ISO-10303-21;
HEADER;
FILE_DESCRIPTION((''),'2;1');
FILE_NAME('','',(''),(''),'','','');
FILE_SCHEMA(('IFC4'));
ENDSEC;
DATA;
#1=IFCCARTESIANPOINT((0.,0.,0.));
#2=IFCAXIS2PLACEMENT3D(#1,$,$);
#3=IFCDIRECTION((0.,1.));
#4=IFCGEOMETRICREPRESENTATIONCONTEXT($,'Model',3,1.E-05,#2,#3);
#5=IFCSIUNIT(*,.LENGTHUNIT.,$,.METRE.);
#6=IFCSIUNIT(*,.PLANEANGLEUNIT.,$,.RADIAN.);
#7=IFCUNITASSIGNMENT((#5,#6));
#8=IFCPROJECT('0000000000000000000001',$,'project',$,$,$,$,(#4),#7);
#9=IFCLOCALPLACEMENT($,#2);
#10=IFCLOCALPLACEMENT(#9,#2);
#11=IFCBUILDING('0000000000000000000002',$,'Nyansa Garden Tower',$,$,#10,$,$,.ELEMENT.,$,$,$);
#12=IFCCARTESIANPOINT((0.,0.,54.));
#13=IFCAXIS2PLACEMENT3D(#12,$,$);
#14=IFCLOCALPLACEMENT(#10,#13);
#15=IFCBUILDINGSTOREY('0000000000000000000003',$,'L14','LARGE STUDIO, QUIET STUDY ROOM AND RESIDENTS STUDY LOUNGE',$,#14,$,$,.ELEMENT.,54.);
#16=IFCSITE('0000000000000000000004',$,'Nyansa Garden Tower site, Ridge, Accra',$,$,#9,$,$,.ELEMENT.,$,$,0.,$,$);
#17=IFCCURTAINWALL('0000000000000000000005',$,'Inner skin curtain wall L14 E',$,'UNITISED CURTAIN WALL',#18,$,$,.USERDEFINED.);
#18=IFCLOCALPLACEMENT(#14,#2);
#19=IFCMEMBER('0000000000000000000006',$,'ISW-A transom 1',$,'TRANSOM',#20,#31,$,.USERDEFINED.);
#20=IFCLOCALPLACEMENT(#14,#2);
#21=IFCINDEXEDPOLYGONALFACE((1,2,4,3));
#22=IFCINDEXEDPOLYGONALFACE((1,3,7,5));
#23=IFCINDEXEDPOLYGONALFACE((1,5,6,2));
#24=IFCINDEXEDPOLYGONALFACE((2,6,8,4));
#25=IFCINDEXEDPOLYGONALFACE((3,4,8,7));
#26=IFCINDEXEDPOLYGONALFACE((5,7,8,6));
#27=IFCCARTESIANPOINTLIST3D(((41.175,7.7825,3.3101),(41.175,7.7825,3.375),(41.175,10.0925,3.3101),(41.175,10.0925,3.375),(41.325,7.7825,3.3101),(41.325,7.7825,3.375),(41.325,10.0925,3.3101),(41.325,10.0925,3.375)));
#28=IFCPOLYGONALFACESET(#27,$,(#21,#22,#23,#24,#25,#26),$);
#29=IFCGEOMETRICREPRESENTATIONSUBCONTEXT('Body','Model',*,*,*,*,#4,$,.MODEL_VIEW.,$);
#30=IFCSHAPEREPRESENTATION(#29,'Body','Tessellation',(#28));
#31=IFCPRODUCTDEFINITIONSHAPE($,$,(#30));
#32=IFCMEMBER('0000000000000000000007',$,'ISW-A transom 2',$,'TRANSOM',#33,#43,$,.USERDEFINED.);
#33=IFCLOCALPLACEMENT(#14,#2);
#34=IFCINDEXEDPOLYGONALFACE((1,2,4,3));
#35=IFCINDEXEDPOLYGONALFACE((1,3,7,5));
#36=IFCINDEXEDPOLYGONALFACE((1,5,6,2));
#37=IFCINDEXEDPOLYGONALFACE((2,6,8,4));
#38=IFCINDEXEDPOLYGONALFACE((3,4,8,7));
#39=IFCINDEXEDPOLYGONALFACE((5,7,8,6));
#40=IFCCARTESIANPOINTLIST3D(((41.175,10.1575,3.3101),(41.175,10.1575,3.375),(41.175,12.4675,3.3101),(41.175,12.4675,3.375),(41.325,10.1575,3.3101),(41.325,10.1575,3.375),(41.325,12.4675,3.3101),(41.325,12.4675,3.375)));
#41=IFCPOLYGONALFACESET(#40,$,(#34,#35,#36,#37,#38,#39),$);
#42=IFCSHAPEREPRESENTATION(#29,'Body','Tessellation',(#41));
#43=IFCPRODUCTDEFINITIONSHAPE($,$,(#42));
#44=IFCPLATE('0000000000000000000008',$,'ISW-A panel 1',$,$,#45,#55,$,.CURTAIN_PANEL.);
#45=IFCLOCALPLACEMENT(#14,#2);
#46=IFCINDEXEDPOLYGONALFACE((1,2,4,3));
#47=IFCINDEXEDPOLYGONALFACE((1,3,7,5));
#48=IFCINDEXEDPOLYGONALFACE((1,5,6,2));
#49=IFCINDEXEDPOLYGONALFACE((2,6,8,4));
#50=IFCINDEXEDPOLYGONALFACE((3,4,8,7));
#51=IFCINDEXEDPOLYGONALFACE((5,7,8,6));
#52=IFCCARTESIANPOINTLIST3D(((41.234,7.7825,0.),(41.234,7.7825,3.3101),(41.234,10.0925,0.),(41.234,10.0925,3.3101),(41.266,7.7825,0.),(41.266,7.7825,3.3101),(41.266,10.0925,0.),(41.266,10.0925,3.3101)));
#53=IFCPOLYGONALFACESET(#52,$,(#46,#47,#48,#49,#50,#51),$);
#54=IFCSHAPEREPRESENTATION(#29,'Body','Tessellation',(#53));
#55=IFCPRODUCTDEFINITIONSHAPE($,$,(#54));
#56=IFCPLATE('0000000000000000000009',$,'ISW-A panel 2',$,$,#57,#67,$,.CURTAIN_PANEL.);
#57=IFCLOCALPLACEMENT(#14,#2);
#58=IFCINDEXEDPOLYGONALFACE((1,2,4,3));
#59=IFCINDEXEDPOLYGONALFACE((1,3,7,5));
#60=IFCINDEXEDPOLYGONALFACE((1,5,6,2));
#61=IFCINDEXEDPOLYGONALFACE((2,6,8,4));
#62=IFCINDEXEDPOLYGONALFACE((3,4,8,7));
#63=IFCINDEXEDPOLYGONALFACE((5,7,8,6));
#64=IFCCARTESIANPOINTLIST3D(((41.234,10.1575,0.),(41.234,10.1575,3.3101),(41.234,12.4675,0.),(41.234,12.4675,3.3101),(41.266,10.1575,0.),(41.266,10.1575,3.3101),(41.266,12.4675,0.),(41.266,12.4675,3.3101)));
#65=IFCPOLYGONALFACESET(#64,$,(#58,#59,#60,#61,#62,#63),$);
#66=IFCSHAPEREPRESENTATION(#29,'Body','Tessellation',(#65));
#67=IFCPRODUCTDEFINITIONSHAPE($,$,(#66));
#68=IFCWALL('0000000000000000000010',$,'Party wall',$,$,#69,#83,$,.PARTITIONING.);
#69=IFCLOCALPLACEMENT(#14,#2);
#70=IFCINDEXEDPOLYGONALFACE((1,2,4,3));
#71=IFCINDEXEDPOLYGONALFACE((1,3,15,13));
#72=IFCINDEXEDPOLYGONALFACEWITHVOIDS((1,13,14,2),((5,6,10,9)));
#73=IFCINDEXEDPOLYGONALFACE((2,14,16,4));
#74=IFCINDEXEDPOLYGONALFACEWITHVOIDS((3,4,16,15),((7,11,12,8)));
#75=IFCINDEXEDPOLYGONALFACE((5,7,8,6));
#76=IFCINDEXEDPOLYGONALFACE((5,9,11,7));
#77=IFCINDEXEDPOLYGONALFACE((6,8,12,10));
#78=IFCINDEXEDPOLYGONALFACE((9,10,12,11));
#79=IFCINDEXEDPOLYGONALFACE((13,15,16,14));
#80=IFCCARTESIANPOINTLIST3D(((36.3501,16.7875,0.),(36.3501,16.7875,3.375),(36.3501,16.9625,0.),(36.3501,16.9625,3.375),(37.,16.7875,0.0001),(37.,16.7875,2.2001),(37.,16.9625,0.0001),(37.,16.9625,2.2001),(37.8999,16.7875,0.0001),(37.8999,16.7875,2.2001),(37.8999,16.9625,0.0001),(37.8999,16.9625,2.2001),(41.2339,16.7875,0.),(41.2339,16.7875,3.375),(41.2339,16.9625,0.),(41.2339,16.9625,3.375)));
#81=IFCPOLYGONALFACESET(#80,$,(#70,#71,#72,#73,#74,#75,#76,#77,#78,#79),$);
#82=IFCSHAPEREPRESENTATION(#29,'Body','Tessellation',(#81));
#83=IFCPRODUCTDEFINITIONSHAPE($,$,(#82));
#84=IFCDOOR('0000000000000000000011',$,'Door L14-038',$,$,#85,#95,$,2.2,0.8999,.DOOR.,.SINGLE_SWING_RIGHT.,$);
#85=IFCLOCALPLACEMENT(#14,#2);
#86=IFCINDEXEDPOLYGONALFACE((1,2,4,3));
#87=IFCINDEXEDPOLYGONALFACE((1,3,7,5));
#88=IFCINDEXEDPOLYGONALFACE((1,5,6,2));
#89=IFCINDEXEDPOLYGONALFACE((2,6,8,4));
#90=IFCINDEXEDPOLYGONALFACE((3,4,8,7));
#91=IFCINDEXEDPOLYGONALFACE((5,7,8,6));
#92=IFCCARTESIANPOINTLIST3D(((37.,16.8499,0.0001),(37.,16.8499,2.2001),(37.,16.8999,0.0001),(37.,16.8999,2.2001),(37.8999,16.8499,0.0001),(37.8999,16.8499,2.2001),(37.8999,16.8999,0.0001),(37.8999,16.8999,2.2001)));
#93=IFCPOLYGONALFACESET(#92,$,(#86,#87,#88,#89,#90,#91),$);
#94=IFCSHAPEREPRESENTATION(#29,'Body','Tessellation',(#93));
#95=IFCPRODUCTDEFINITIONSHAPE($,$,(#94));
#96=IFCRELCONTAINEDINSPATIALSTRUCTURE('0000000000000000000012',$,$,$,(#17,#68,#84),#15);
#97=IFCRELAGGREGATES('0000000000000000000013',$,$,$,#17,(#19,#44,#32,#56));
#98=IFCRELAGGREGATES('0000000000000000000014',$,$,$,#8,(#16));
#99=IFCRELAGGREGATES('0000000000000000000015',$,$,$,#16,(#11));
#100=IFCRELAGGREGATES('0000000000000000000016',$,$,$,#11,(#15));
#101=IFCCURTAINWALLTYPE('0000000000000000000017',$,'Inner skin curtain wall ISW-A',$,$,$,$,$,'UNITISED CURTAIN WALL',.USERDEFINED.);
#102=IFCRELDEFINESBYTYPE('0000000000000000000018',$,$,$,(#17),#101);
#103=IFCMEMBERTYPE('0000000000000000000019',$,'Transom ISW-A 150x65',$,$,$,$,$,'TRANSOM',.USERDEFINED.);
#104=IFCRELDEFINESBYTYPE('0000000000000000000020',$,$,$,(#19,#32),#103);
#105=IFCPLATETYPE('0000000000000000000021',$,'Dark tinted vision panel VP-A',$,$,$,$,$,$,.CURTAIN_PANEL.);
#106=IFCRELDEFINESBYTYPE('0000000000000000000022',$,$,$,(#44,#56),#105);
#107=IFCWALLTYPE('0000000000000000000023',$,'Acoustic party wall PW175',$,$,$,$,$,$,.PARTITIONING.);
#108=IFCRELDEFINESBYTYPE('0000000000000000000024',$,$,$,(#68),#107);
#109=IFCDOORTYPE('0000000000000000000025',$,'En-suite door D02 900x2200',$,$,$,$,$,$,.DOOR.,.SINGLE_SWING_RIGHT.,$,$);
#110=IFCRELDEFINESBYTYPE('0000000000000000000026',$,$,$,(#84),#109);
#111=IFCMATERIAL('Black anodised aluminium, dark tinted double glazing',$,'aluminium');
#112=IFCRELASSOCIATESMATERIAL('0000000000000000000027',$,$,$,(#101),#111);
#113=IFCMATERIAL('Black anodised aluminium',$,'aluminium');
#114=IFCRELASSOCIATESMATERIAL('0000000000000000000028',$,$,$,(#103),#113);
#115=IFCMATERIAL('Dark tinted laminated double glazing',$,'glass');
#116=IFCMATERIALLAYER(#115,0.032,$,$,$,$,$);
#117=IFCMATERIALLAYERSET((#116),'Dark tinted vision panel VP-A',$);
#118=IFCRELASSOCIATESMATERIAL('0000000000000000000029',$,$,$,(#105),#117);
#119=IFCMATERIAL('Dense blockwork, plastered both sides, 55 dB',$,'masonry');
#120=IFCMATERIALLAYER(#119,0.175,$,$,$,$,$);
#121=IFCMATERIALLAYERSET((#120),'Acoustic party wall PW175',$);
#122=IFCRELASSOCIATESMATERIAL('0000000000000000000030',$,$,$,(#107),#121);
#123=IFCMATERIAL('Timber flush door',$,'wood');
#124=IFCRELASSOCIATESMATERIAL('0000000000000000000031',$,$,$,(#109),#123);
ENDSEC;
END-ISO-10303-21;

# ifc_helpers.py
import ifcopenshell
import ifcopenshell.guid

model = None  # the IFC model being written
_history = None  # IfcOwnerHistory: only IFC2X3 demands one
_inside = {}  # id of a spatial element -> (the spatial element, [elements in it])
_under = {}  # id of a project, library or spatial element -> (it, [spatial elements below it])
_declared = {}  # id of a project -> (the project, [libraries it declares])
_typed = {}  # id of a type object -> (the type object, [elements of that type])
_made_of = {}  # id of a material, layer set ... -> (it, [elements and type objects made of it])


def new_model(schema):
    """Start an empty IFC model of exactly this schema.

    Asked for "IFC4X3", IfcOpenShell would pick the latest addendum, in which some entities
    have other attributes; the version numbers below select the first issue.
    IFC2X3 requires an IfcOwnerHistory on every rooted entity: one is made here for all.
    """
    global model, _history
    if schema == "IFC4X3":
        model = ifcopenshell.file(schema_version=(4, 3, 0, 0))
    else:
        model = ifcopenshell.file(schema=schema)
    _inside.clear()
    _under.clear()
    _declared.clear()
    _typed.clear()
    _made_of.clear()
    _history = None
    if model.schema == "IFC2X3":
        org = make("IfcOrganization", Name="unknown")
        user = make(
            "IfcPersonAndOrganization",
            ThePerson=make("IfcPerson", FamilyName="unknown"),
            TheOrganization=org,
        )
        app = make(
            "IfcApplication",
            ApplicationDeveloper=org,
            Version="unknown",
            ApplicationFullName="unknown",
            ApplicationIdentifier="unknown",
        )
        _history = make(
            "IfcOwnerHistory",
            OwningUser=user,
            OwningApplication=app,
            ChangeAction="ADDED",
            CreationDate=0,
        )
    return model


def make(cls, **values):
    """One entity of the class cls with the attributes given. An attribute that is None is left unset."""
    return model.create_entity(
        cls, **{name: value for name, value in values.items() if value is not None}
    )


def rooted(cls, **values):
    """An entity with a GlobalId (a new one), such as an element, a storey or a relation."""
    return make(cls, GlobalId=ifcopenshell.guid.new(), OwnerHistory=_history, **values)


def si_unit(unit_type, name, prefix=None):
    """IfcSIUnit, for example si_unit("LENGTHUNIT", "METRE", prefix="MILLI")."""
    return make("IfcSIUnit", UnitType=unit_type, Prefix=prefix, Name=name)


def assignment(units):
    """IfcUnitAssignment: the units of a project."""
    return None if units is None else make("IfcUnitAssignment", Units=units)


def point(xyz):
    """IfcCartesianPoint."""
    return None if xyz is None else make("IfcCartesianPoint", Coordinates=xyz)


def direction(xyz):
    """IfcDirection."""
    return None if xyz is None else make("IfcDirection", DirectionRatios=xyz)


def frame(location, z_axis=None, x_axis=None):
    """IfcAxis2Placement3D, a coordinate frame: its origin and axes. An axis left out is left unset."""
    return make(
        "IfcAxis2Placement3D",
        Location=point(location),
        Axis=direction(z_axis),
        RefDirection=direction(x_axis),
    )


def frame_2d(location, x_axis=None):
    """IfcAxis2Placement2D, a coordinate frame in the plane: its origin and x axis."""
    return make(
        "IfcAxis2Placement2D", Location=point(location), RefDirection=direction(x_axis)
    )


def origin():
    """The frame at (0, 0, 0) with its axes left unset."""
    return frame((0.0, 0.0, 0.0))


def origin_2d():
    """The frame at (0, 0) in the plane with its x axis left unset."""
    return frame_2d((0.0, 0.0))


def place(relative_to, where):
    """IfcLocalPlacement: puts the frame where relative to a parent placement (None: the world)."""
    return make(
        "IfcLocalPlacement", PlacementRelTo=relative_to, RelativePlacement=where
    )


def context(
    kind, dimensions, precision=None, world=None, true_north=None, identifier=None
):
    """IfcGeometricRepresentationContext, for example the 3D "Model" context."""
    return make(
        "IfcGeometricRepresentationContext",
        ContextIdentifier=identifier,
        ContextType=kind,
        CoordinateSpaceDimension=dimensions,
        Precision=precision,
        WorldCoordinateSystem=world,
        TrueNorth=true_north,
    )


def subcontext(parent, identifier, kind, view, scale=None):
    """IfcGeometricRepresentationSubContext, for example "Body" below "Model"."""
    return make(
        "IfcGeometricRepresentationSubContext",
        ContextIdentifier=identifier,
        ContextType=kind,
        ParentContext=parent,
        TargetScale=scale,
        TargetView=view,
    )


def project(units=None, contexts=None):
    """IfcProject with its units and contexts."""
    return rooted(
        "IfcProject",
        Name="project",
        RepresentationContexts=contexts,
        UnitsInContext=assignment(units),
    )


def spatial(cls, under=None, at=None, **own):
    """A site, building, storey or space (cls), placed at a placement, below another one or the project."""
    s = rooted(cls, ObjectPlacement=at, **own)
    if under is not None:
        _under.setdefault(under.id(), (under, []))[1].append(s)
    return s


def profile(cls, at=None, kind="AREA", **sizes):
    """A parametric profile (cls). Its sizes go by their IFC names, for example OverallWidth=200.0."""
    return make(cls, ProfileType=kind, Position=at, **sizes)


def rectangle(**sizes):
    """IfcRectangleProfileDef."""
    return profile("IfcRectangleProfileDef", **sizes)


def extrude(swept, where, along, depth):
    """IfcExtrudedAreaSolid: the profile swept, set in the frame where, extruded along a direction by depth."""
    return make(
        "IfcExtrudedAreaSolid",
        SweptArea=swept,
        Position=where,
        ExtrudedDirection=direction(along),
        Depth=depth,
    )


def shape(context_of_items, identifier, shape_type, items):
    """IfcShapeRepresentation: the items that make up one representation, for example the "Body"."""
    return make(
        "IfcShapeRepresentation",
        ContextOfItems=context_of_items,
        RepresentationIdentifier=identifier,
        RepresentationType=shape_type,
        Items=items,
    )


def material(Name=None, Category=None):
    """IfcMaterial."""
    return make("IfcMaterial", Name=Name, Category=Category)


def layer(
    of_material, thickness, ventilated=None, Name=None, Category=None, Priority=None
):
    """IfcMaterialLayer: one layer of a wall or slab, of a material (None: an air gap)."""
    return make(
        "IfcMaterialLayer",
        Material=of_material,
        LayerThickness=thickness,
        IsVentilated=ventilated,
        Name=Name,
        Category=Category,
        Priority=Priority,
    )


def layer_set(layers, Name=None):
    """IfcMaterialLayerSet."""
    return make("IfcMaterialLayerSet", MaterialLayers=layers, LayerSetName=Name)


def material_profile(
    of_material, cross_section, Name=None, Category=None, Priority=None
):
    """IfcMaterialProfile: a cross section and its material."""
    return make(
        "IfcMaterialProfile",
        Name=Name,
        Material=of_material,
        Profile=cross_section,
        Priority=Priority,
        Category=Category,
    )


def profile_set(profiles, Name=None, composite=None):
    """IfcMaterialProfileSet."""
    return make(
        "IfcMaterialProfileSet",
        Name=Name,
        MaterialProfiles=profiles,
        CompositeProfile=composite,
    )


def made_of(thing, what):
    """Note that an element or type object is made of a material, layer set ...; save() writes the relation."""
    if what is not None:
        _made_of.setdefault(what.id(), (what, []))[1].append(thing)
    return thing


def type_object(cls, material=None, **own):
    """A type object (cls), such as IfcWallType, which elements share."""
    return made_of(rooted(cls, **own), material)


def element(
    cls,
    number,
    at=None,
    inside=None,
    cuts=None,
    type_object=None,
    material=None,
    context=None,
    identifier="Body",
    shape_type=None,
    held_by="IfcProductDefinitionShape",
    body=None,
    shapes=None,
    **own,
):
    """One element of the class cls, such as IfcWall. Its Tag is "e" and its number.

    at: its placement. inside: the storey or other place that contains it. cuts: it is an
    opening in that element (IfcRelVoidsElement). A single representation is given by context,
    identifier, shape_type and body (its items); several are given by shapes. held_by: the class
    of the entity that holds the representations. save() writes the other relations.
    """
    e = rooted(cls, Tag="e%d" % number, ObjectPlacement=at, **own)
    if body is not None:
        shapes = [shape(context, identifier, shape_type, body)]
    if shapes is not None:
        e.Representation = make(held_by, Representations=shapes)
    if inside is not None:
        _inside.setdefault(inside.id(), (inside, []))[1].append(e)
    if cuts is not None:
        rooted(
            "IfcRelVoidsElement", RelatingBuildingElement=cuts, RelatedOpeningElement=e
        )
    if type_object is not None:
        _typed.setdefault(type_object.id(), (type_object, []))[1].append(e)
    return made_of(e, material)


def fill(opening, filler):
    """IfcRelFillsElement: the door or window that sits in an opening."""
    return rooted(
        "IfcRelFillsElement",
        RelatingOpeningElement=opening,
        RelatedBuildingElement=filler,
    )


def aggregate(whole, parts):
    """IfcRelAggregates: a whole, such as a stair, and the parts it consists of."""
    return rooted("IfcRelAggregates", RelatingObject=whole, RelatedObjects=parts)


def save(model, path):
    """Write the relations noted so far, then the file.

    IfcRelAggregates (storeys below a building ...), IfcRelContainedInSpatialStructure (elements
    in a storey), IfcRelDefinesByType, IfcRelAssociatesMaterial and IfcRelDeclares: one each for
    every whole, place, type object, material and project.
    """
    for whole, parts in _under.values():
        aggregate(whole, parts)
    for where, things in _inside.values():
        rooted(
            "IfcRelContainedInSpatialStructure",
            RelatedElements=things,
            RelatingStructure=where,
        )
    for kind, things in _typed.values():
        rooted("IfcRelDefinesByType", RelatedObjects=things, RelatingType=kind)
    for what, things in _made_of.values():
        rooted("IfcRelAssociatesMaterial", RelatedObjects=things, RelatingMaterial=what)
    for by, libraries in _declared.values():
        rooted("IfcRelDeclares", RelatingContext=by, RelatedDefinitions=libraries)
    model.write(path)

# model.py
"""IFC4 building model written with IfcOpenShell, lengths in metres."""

from ifc_helpers import new_model, si_unit, direction, frame, frame_2d, origin, origin_2d, place, context, subcontext, project, spatial, rectangle, extrude, material, layer, layer_set, material_profile, profile_set, type_object, element, fill, aggregate, save


model = new_model("IFC4")

# Units and contexts
model_context = context("Model", 3, precision=1e-05, world=origin(), true_north=direction((0.0, 1.0)))
body_context = subcontext(model_context, "Body", "Model", "MODEL_VIEW")
ifc_project = project(units=[si_unit("LENGTHUNIT", "METRE"), si_unit("PLANEANGLEUNIT", "RADIAN")], contexts=[model_context])

# Site, building, storey
site_placement = place(None, origin())
site = spatial("IfcSite", under=ifc_project, at=site_placement, Name="Nyansa Garden Tower site, Ridge, Accra", CompositionType="ELEMENT", RefElevation=0.0)
building_placement = place(site_placement, origin())
building = spatial("IfcBuilding", under=site, at=building_placement, Name="Nyansa Garden Tower", CompositionType="ELEMENT")
storey_placement = place(building_placement, frame((0.0, 0.0, 54.0)))
storey = spatial("IfcBuildingStorey", under=building, at=storey_placement, Name="L14", Description="LARGE STUDIO, QUIET STUDY ROOM AND RESIDENTS STUDY LOUNGE", CompositionType="ELEMENT", Elevation=54.0)

# Curtain wall
ifc_material_1 = material(Name="Black anodised aluminium, dark tinted double glazing", Category="aluminium")
curtain_wall_type = type_object("IfcCurtainWallType", Name="Inner skin curtain wall ISW-A", ElementType="UNITISED CURTAIN WALL", PredefinedType="USERDEFINED", material=ifc_material_1)
curtain_wall_placement = place(storey_placement, origin())
curtain_wall = element("IfcCurtainWall", 1, at=curtain_wall_placement, inside=storey, type_object=curtain_wall_type, Name="Inner skin curtain wall L14 E", ObjectType="UNITISED CURTAIN WALL", PredefinedType="USERDEFINED")

# Members
ifc_material_2 = material(Name="Black anodised aluminium", Category="aluminium")
ifc_material_profile_1 = material_profile(ifc_material_2, rectangle(XDim=0.1499, YDim=0.0649, at=origin_2d()), Name="Transom 150x65")
ifc_profile_set_1 = profile_set([ifc_material_profile_1], Name="Black anodised aluminium")
member_type_1 = type_object("IfcMemberType", Name="Transom ISW-A 150x65", ElementType="TRANSOM", PredefinedType="USERDEFINED", material=ifc_profile_set_1)
member_1_placement = place(storey_placement, frame((41.25, 7.7825, 3.3425), z_axis=(0.0, 1.0, 0.0), x_axis=(-1.0, 0.0, 0.0)))
member_1 = element("IfcMember", 2, at=member_1_placement, type_object=member_type_1, Name="ISW-A transom 1", ObjectType="TRANSOM", PredefinedType="USERDEFINED", context=body_context, shape_type="SweptSolid", body=[
    extrude(rectangle(XDim=0.1499, YDim=0.0649, at=origin_2d()), origin(), (0.0, 0.0, 1.0), 2.3101),
])
member_2_placement = place(storey_placement, frame((41.25, 10.1575, 3.3425), z_axis=(0.0, 1.0, 0.0), x_axis=(-1.0, 0.0, 0.0)))
member_2 = element("IfcMember", 3, at=member_2_placement, type_object=member_type_1, Name="ISW-A transom 2", ObjectType="TRANSOM", PredefinedType="USERDEFINED", context=body_context, shape_type="SweptSolid", body=[
    extrude(rectangle(XDim=0.1499, YDim=0.0649, at=origin_2d()), origin(), (0.0, 0.0, 1.0), 2.3101),
])

# Plates
ifc_material_3 = material(Name="Dark tinted laminated double glazing", Category="glass")
ifc_layer_1 = layer(ifc_material_3, 0.032)
ifc_layer_set_1 = layer_set([ifc_layer_1], Name="Dark tinted vision panel VP-A")
plate_type = type_object("IfcPlateType", Name="Dark tinted vision panel VP-A", PredefinedType="CURTAIN_PANEL", material=ifc_layer_set_1)
plate_1_placement = place(storey_placement, frame((41.25, 8.9375, 0.0), z_axis=(0.0, 0.0, 1.0), x_axis=(0.0, 1.0, 0.0)))
plate_1 = element("IfcPlate", 4, at=plate_1_placement, type_object=plate_type, Name="ISW-A panel 1", PredefinedType="CURTAIN_PANEL", context=body_context, shape_type="SweptSolid", body=[
    extrude(rectangle(XDim=2.3101, YDim=0.032, at=origin_2d()), origin(), (0.0, 0.0, 1.0), 3.3101),
])
plate_2_placement = place(storey_placement, frame((41.25, 11.3125, 0.0), z_axis=(0.0, 0.0, 1.0), x_axis=(0.0, 1.0, 0.0)))
plate_2 = element("IfcPlate", 5, at=plate_2_placement, type_object=plate_type, Name="ISW-A panel 2", PredefinedType="CURTAIN_PANEL", context=body_context, shape_type="SweptSolid", body=[
    extrude(rectangle(XDim=2.3101, YDim=0.032, at=origin_2d()), origin(), (0.0, 0.0, 1.0), 3.3101),
])
aggregate(curtain_wall, [member_1, plate_1, member_2, plate_2])

# Wall, opening, door
ifc_material_4 = material(Name="Dense blockwork, plastered both sides, 55 dB", Category="masonry")
ifc_layer_2 = layer(ifc_material_4, 0.175)
ifc_layer_set_2 = layer_set([ifc_layer_2], Name="Acoustic party wall PW175")
wall_type_1 = type_object("IfcWallType", Name="Acoustic party wall PW175", PredefinedType="PARTITIONING", material=ifc_layer_set_2)
wall_1_placement = place(storey_placement, frame((36.3501, 16.875, 0.0), z_axis=(0.0, 0.0, 1.0), x_axis=(1.0, 0.0, 0.0)))
wall_1 = element("IfcWall", 6, at=wall_1_placement, inside=storey, type_object=wall_type_1, Name="Party wall", PredefinedType="PARTITIONING", context=body_context, shape_type="SweptSolid", body=[
    extrude(rectangle(XDim=4.8838, YDim=0.175, at=frame_2d((2.4419, 0.0))), origin(), (0.0, 0.0, 1.0), 3.375),
])
opening_1_placement = place(wall_1_placement, frame((0.6499, 0.0, 0.0)))
opening_1 = element("IfcOpeningElement", 7, at=opening_1_placement, cuts=wall_1, PredefinedType="OPENING", context=body_context, shape_type="SweptSolid", body=[
    extrude(rectangle(XDim=0.8999, YDim=2.2, at=frame_2d((0.45, 1.1001))), frame((0.0, 0.0974, 0.0), z_axis=(0.0, -1.0, 0.0), x_axis=(1.0, 0.0, 0.0)), (0.0, 0.0, 1.0), 0.1951),
])
ifc_material_5 = material(Name="Timber flush door", Category="wood")
door_type_1 = type_object("IfcDoorType", Name="En-suite door D02 900x2200", OperationType="SINGLE_SWING_RIGHT", PredefinedType="DOOR", material=ifc_material_5)
door_1_placement = place(opening_1_placement, origin())
door_1 = element("IfcDoor", 8, at=door_1_placement, inside=storey, type_object=door_type_1, Name="Door L14-038", OperationType="SINGLE_SWING_RIGHT", OverallHeight=2.2, OverallWidth=0.8999, PredefinedType="DOOR", context=body_context, shape_type="SweptSolid", body=[
    extrude(rectangle(XDim=0.8999, YDim=2.2, at=frame_2d((0.45, 1.1001))), frame((0.0, 0.0249, 0.0), z_axis=(0.0, -1.0, 0.0), x_axis=(1.0, 0.0, 0.0)), (0.0, 0.0, 1.0), 0.05),
])
fill(opening_1, door_1)

save(model, "model.ifc")
